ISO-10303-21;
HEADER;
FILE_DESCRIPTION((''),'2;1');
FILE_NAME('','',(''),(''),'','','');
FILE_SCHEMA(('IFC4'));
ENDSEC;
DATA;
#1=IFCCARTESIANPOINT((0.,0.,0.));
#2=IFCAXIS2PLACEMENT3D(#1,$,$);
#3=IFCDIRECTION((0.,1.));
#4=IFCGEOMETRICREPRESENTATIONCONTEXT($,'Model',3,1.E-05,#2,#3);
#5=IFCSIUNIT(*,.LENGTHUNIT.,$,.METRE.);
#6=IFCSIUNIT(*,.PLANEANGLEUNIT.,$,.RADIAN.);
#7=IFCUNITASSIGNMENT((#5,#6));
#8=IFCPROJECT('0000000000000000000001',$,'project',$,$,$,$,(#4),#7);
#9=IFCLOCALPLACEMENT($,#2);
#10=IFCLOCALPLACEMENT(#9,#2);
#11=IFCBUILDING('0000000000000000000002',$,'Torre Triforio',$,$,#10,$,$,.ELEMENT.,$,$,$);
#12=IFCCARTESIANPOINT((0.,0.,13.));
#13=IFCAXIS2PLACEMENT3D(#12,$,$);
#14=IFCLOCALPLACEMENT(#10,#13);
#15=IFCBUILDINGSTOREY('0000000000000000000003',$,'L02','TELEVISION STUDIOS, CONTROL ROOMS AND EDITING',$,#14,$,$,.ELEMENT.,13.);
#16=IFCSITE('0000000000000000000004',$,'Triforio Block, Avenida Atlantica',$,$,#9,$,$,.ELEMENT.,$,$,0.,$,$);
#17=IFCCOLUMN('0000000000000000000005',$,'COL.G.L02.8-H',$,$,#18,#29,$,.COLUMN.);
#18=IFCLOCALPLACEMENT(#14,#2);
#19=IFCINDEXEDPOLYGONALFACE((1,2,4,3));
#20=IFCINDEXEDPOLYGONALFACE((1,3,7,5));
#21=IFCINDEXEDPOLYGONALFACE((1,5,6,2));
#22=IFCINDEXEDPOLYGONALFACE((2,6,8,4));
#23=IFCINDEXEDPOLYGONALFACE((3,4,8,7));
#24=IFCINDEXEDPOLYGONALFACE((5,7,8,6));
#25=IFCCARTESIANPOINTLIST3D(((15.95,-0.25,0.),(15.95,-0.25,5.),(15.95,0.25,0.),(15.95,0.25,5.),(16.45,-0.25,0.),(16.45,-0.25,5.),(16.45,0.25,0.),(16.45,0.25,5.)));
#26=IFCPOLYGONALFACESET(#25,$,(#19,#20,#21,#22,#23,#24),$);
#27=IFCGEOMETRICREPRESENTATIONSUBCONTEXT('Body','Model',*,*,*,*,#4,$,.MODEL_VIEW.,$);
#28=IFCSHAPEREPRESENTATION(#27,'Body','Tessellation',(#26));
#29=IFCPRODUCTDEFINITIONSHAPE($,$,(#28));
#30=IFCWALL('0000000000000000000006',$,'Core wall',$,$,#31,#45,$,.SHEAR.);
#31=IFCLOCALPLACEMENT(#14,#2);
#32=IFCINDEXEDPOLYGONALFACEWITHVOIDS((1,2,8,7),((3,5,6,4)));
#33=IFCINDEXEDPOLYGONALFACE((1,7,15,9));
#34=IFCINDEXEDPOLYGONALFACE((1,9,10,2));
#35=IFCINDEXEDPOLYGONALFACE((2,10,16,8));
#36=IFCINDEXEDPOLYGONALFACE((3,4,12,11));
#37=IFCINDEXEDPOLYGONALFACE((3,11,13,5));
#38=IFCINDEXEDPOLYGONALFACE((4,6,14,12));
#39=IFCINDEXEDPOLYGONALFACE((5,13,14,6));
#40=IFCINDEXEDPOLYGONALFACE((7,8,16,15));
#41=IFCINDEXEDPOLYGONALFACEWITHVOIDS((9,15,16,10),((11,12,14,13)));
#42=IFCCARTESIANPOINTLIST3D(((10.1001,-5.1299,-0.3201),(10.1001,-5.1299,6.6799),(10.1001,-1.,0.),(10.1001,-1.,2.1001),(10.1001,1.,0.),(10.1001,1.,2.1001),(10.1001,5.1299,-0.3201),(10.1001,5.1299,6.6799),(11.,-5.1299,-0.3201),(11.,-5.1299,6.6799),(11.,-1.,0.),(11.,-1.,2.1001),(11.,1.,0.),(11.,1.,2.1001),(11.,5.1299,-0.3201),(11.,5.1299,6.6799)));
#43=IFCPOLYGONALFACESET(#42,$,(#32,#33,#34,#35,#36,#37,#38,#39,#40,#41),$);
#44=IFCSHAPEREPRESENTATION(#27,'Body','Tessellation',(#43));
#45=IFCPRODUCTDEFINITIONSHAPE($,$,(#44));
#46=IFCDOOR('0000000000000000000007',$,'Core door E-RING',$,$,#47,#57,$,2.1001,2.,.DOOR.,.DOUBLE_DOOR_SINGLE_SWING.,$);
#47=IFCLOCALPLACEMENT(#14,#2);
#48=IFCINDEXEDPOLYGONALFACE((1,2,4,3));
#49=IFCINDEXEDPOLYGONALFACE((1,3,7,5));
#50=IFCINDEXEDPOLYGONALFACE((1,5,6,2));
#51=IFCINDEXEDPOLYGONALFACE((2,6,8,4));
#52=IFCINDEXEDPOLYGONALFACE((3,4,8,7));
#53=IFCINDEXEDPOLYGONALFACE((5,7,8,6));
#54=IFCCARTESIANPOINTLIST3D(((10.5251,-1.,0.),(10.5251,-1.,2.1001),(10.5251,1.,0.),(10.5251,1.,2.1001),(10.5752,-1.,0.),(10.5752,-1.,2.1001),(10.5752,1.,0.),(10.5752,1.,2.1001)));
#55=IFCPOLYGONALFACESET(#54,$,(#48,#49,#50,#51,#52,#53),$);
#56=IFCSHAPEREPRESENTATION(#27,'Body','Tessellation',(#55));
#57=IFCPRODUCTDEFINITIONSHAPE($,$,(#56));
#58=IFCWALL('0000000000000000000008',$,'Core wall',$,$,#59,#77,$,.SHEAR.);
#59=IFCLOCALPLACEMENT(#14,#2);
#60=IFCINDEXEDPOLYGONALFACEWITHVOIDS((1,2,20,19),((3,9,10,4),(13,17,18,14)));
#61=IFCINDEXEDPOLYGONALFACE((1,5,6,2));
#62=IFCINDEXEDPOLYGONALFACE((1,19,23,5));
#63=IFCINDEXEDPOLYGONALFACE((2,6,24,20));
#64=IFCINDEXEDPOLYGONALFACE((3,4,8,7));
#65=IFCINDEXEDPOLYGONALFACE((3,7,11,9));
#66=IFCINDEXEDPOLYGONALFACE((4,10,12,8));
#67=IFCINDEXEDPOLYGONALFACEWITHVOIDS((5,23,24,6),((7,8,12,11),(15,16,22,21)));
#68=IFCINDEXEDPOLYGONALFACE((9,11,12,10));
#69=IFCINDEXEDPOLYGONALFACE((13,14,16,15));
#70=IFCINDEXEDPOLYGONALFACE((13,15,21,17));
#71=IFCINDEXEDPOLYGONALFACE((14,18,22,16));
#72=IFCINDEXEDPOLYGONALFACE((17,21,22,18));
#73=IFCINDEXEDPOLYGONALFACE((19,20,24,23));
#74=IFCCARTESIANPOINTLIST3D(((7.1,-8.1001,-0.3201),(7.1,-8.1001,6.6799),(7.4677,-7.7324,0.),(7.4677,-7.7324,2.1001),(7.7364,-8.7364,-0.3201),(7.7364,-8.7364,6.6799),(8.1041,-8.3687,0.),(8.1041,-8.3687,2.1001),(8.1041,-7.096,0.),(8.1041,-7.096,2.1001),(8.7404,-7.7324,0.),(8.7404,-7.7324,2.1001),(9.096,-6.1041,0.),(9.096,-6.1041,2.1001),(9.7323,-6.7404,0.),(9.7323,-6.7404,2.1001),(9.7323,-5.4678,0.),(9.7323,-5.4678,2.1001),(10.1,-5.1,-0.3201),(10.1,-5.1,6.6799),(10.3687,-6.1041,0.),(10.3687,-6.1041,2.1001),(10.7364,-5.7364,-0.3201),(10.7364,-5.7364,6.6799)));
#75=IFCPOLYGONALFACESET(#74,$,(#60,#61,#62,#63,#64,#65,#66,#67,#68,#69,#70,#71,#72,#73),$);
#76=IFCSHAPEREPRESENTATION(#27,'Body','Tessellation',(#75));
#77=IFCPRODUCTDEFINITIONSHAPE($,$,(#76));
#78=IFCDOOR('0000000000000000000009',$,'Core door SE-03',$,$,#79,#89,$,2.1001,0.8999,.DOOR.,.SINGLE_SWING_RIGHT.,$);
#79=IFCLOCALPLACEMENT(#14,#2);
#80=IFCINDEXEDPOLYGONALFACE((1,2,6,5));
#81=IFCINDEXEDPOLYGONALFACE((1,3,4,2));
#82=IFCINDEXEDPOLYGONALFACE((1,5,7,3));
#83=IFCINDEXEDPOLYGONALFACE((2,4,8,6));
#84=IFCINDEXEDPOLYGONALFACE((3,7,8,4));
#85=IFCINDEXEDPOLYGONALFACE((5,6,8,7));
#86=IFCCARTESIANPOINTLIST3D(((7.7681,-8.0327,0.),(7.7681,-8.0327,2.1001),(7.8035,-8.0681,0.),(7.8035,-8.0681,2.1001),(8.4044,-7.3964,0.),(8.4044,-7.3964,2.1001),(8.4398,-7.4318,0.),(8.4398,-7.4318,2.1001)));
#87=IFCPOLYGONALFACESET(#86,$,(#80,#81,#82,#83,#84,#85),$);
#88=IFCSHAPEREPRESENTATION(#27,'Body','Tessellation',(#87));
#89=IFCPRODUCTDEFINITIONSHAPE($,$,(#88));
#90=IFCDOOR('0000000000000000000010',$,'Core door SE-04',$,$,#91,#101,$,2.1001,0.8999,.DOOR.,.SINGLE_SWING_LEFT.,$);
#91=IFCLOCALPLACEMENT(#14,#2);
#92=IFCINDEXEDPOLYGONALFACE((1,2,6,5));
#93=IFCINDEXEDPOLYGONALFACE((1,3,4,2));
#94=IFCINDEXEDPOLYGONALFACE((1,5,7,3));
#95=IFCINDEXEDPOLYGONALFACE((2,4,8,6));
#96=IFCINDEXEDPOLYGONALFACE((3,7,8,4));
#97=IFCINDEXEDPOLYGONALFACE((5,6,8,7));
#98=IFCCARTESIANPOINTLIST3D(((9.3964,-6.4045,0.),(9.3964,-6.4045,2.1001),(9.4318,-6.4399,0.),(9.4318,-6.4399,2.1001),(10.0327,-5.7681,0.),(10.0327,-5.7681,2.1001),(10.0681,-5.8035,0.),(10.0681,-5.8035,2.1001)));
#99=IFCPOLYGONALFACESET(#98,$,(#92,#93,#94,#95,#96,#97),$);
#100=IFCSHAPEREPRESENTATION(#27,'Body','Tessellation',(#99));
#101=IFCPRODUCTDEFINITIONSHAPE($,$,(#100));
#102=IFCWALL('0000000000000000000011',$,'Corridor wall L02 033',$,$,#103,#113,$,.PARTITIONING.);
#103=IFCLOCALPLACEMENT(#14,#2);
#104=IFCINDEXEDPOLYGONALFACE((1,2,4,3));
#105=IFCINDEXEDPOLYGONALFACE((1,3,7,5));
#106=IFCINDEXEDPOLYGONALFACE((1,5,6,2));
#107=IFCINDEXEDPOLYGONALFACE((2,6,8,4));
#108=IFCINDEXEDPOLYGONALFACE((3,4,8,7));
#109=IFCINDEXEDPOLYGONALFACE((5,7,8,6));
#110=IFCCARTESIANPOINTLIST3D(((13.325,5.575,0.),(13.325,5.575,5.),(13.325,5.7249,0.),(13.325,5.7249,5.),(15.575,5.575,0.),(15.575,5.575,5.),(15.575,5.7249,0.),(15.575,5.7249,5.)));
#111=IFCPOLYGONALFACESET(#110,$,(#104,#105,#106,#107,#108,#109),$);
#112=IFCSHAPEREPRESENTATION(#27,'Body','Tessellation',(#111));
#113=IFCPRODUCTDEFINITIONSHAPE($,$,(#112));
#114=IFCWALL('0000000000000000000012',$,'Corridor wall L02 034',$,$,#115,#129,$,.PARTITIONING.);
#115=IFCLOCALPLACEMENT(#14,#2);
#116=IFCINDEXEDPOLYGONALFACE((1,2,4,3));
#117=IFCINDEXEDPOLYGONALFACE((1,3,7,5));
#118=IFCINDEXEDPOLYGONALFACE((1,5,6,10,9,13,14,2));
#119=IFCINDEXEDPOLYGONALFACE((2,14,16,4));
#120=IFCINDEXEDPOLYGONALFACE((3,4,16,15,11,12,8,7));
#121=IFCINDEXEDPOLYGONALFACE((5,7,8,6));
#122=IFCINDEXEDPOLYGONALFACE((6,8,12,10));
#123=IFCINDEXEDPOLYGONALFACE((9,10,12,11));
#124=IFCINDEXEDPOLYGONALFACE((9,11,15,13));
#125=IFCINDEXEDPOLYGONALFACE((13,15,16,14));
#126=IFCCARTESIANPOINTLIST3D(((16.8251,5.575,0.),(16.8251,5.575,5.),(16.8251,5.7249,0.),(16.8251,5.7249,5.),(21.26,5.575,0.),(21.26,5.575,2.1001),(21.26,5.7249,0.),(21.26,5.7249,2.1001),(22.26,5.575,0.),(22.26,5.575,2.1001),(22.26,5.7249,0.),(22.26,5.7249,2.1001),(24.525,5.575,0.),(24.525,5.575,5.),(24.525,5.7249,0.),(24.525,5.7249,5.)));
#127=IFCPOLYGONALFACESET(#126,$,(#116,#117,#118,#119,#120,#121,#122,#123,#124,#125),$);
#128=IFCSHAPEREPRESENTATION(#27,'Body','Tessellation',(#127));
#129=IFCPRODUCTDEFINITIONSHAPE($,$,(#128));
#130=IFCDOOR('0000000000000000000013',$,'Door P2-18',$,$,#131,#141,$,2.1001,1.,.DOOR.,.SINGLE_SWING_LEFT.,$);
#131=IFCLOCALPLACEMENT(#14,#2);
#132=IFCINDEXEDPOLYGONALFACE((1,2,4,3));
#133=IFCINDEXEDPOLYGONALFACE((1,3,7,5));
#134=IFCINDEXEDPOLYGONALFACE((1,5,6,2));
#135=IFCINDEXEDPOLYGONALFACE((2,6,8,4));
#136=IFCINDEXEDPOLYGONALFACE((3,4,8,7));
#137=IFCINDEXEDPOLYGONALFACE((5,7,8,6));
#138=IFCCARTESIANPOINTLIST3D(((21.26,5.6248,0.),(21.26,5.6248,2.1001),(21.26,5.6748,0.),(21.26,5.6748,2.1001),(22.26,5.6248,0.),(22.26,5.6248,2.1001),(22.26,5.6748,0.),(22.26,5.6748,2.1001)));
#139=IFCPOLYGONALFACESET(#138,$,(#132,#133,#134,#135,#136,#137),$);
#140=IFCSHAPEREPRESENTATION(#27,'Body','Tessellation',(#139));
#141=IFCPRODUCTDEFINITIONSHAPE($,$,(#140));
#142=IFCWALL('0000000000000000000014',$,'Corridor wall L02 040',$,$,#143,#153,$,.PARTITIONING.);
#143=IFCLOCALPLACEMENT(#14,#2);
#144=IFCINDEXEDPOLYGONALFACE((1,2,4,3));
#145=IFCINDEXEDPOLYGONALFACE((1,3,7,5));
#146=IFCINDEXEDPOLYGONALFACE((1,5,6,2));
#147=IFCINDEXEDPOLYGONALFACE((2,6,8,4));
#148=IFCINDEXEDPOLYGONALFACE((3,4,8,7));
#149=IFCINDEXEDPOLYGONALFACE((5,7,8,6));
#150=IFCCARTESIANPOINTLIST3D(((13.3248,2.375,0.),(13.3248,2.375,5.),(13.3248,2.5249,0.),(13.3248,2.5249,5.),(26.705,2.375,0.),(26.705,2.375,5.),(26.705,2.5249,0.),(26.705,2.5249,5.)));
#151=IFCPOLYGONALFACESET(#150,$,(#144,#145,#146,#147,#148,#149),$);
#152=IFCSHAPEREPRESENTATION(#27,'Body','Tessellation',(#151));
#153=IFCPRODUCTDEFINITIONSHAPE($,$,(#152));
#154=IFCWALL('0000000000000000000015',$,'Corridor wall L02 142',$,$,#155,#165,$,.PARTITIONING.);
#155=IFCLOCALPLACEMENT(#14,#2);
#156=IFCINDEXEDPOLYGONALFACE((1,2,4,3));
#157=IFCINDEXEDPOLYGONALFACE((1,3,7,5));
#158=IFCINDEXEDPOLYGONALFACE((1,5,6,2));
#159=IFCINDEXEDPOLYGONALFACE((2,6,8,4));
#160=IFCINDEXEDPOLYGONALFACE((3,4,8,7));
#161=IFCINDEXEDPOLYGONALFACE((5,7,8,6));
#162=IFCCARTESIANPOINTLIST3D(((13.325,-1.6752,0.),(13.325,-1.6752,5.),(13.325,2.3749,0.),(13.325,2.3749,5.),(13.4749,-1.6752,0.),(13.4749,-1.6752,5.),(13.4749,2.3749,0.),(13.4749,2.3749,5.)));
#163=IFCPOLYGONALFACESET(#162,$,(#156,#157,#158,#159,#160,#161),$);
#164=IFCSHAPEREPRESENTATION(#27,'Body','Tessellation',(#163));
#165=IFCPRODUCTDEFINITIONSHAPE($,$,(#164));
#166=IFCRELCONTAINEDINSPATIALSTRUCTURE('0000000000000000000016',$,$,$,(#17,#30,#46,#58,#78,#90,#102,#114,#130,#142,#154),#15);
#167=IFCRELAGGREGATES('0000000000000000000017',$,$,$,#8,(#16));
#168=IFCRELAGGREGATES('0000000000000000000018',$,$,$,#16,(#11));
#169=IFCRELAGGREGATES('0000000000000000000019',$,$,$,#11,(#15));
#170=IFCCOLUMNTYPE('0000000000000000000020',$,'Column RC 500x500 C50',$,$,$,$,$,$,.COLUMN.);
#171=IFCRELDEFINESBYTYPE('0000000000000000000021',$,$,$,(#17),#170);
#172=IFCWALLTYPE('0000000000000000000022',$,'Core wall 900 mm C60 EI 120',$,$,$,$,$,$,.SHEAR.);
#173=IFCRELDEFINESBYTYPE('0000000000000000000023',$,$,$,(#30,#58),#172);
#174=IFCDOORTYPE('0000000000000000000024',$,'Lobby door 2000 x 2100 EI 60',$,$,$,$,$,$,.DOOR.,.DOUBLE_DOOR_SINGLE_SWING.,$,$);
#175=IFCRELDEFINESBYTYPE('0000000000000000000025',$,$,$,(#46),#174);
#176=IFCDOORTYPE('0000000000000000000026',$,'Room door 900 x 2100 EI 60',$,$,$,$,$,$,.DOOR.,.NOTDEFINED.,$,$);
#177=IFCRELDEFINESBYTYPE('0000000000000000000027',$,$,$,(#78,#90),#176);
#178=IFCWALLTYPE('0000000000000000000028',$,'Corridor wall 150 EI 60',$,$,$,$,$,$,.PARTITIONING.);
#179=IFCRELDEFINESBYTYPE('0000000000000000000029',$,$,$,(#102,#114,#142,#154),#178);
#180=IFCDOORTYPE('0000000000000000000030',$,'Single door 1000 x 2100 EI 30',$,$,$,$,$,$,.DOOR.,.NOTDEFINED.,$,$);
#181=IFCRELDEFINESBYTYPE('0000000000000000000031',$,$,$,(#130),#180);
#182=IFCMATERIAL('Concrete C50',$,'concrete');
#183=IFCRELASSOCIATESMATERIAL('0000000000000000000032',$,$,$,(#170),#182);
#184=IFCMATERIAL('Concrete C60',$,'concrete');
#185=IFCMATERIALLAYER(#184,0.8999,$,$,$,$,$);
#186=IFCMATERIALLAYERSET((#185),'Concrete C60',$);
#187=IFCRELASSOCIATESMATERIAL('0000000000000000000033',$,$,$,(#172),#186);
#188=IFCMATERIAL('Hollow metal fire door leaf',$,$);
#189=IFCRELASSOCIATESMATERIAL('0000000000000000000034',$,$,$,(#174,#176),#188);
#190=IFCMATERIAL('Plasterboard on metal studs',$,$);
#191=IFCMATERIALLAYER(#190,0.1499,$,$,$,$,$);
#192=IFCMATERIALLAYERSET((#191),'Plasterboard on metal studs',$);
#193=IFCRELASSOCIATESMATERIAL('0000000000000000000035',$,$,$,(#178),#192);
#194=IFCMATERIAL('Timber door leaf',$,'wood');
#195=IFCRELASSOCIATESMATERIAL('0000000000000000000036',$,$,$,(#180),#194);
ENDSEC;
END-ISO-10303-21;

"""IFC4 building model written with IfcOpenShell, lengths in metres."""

from ifc_helpers import new_model, si_unit, direction, frame, frame_2d, origin, origin_2d, place, context, subcontext, project, spatial, rectangle, extrude, material, layer, layer_set, material_profile, profile_set, type_object, element, fill, save


model = new_model("IFC4")

# Units and contexts
model_context = context("Model", 3, precision=1e-05, world=origin(), true_north=direction((0.0, 1.0)))
body_context = subcontext(model_context, "Body", "Model", "MODEL_VIEW")
ifc_project = project(units=[si_unit("LENGTHUNIT", "METRE"), si_unit("PLANEANGLEUNIT", "RADIAN")], contexts=[model_context])

# Site, building, storey
site_placement = place(None, origin())
site = spatial("IfcSite", under=ifc_project, at=site_placement, Name="Triforio Block, Avenida Atlantica", CompositionType="ELEMENT", RefElevation=0.0)
building_placement = place(site_placement, origin())
building = spatial("IfcBuilding", under=site, at=building_placement, Name="Torre Triforio", CompositionType="ELEMENT")
storey_placement = place(building_placement, frame((0.0, 0.0, 13.0)))
storey = spatial("IfcBuildingStorey", under=building, at=storey_placement, Name="L02", Description="TELEVISION STUDIOS, CONTROL ROOMS AND EDITING", CompositionType="ELEMENT", Elevation=13.0)

# Column
ifc_material_1 = material(Name="Concrete C50", Category="concrete")
ifc_material_profile = material_profile(ifc_material_1, rectangle(XDim=0.5, YDim=0.5, at=origin_2d()), Name="RC 500x500")
ifc_profile_set = profile_set([ifc_material_profile], Name="Concrete C50")
column_type = type_object("IfcColumnType", Name="Column RC 500x500 C50", PredefinedType="COLUMN", material=ifc_profile_set)
column_placement = place(storey_placement, frame((16.2, 0.0, 0.0), z_axis=(0.0, 0.0, 1.0), x_axis=(1.0, 0.0, 0.0)))
element("IfcColumn", 1, at=column_placement, inside=storey, type_object=column_type, Name="COL.G.L02.8-H", PredefinedType="COLUMN", context=body_context, shape_type="SweptSolid", body=[
    extrude(rectangle(XDim=0.5, YDim=0.5, at=origin_2d()), origin(), (0.0, 0.0, 1.0), 5.0),
])

# Wall, opening, door
ifc_material_2 = material(Name="Concrete C60", Category="concrete")
ifc_layer_1 = layer(ifc_material_2, 0.8999)
ifc_layer_set_1 = layer_set([ifc_layer_1], Name="Concrete C60")
wall_type_1 = type_object("IfcWallType", Name="Core wall 900 mm C60 EI 120", PredefinedType="SHEAR", material=ifc_layer_set_1)
wall_1_placement = place(storey_placement, frame((10.55, -5.1299, -0.3201), z_axis=(0.0, 0.0, 1.0), x_axis=(0.0, 1.0, 0.0)))
wall_1 = element("IfcWall", 2, at=wall_1_placement, inside=storey, type_object=wall_type_1, Name="Core wall", PredefinedType="SHEAR", context=body_context, shape_type="SweptSolid", body=[
    extrude(rectangle(XDim=10.2598, YDim=0.8999, at=frame_2d((5.1299, 0.0))), origin(), (0.0, 0.0, 1.0), 7.0),
])
opening_1_placement = place(wall_1_placement, frame((4.1299, 0.0, 0.3201)))
opening_1 = element("IfcOpeningElement", 3, at=opening_1_placement, cuts=wall_1, PredefinedType="OPENING", context=body_context, shape_type="SweptSolid", body=[
    extrude(rectangle(XDim=2.0, YDim=2.1001, at=frame_2d((1.0, 1.05))), frame((0.0, 0.46, 0.0), z_axis=(0.0, -1.0, 0.0), x_axis=(1.0, 0.0, 0.0)), (0.0, 0.0, 1.0), 0.9199),
])
ifc_material_3 = material(Name="Hollow metal fire door leaf")
door_type_1 = type_object("IfcDoorType", Name="Lobby door 2000 x 2100 EI 60", OperationType="DOUBLE_DOOR_SINGLE_SWING", PredefinedType="DOOR", material=ifc_material_3)
door_1_placement = place(opening_1_placement, origin())
door_1 = element("IfcDoor", 4, at=door_1_placement, inside=storey, type_object=door_type_1, Name="Core door E-RING", OperationType="DOUBLE_DOOR_SINGLE_SWING", OverallHeight=2.1001, OverallWidth=2.0, PredefinedType="DOOR", context=body_context, shape_type="SweptSolid", body=[
    extrude(rectangle(XDim=2.0, YDim=2.1001, at=frame_2d((1.0, 1.05))), frame((0.0, 0.0249, 0.0), z_axis=(0.0, -1.0, 0.0), x_axis=(1.0, 0.0, 0.0)), (0.0, 0.0, 1.0), 0.05),
])
fill(opening_1, door_1)

# Wall, openings, doors
wall_2_placement = place(storey_placement, frame((10.4182, -5.4182, -0.3201), z_axis=(0.0, 0.0, 1.0), x_axis=(-0.707107, -0.707107, 0.0)))
wall_2 = element("IfcWall", 5, at=wall_2_placement, inside=storey, type_object=wall_type_1, Name="Core wall", PredefinedType="SHEAR", context=body_context, shape_type="SweptSolid", body=[
    extrude(rectangle(XDim=4.2427, YDim=0.8999, at=frame_2d((2.1213, 0.0))), origin(), (0.0, 0.0, 1.0), 7.0),
])
opening_2_placement = place(wall_2_placement, frame((2.8228, 0.0, 0.3201)))
opening_2 = element("IfcOpeningElement", 6, at=opening_2_placement, cuts=wall_2, PredefinedType="OPENING", context=body_context, shape_type="SweptSolid", body=[
    extrude(rectangle(XDim=0.8999, YDim=2.1001, at=frame_2d((0.45, 1.05))), frame((0.0, 0.46, 0.0), z_axis=(0.0, -1.0, 0.0), x_axis=(1.0, 0.0, 0.0)), (0.0, 0.0, 1.0), 0.9199),
])
opening_3_placement = place(wall_2_placement, frame((0.52, 0.0, 0.3201)))
opening_3 = element("IfcOpeningElement", 7, at=opening_3_placement, cuts=wall_2, PredefinedType="OPENING", context=body_context, shape_type="SweptSolid", body=[
    extrude(rectangle(XDim=0.8999, YDim=2.1001, at=frame_2d((0.45, 1.05))), frame((0.0, 0.46, 0.0), z_axis=(0.0, -1.0, 0.0), x_axis=(1.0, 0.0, 0.0)), (0.0, 0.0, 1.0), 0.9199),
])
door_type_2 = type_object("IfcDoorType", Name="Room door 900 x 2100 EI 60", OperationType="NOTDEFINED", PredefinedType="DOOR", material=ifc_material_3)
door_2_placement = place(opening_2_placement, origin())
door_2 = element("IfcDoor", 8, at=door_2_placement, inside=storey, type_object=door_type_2, Name="Core door SE-03", OperationType="SINGLE_SWING_RIGHT", OverallHeight=2.1001, OverallWidth=0.8999, PredefinedType="DOOR", context=body_context, shape_type="SweptSolid", body=[
    extrude(rectangle(XDim=0.8999, YDim=2.1001, at=frame_2d((0.45, 1.05))), frame((0.0, 0.0249, 0.0), z_axis=(0.0, -1.0, 0.0), x_axis=(1.0, 0.0, 0.0)), (0.0, 0.0, 1.0), 0.05),
])
fill(opening_2, door_2)
door_3_placement = place(opening_3_placement, origin())
door_3 = element("IfcDoor", 9, at=door_3_placement, inside=storey, type_object=door_type_2, Name="Core door SE-04", OperationType="SINGLE_SWING_LEFT", OverallHeight=2.1001, OverallWidth=0.8999, PredefinedType="DOOR", context=body_context, shape_type="SweptSolid", body=[
    extrude(rectangle(XDim=0.8999, YDim=2.1001, at=frame_2d((0.45, 1.05))), frame((0.0, 0.0249, 0.0), z_axis=(0.0, -1.0, 0.0), x_axis=(1.0, 0.0, 0.0)), (0.0, 0.0, 1.0), 0.05),
])
fill(opening_3, door_3)

# Wall
ifc_material_4 = material(Name="Plasterboard on metal studs")
ifc_layer_2 = layer(ifc_material_4, 0.1499)
ifc_layer_set_2 = layer_set([ifc_layer_2], Name="Plasterboard on metal studs")
wall_type_2 = type_object("IfcWallType", Name="Corridor wall 150 EI 60", PredefinedType="PARTITIONING", material=ifc_layer_set_2)
wall_3_placement = place(storey_placement, frame((13.325, 5.6499, 0.0), z_axis=(0.0, 0.0, 1.0), x_axis=(1.0, 0.0, 0.0)))
element("IfcWall", 10, at=wall_3_placement, inside=storey, type_object=wall_type_2, Name="Corridor wall L02 033", PredefinedType="PARTITIONING", context=body_context, shape_type="SweptSolid", body=[
    extrude(rectangle(XDim=2.25, YDim=0.1499, at=frame_2d((1.125, 0.0))), origin(), (0.0, 0.0, 1.0), 5.0),
])

# Wall, opening, door
wall_4_placement = place(storey_placement, frame((16.825, 5.6499, 0.0), z_axis=(0.0, 0.0, 1.0), x_axis=(1.0, 0.0, 0.0)))
wall_4 = element("IfcWall", 11, at=wall_4_placement, inside=storey, type_object=wall_type_2, Name="Corridor wall L02 034", PredefinedType="PARTITIONING", context=body_context, shape_type="SweptSolid", body=[
    extrude(rectangle(XDim=7.7, YDim=0.1499, at=frame_2d((3.8501, 0.0))), origin(), (0.0, 0.0, 1.0), 5.0),
])
opening_4_placement = place(wall_4_placement, frame((4.4351, 0.0, 0.0)))
opening_4 = element("IfcOpeningElement", 12, at=opening_4_placement, cuts=wall_4, PredefinedType="OPENING", context=body_context, shape_type="SweptSolid", body=[
    extrude(rectangle(XDim=1.0, YDim=2.1001, at=frame_2d((0.5, 1.05))), frame((0.0, 0.085, 0.0), z_axis=(0.0, -1.0, 0.0), x_axis=(1.0, 0.0, 0.0)), (0.0, 0.0, 1.0), 0.1699),
])
ifc_material_5 = material(Name="Timber door leaf", Category="wood")
door_type_3 = type_object("IfcDoorType", Name="Single door 1000 x 2100 EI 30", OperationType="NOTDEFINED", PredefinedType="DOOR", material=ifc_material_5)
door_4_placement = place(opening_4_placement, origin())
door_4 = element("IfcDoor", 13, at=door_4_placement, inside=storey, type_object=door_type_3, Name="Door P2-18", OperationType="SINGLE_SWING_LEFT", OverallHeight=2.1001, OverallWidth=1.0, PredefinedType="DOOR", context=body_context, shape_type="SweptSolid", body=[
    extrude(rectangle(XDim=1.0, YDim=2.1001, at=frame_2d((0.5, 1.05))), frame((0.0, 0.0249, 0.0), z_axis=(0.0, -1.0, 0.0), x_axis=(1.0, 0.0, 0.0)), (0.0, 0.0, 1.0), 0.05),
])
fill(opening_4, door_4)

# Walls
wall_5_placement = place(storey_placement, frame((13.325, 2.45, 0.0), z_axis=(0.0, 0.0, 1.0), x_axis=(1.0, 0.0, 0.0)))
element("IfcWall", 14, at=wall_5_placement, inside=storey, type_object=wall_type_2, Name="Corridor wall L02 040", PredefinedType="PARTITIONING", context=body_context, shape_type="SweptSolid", body=[
    extrude(rectangle(XDim=13.3801, YDim=0.1499, at=frame_2d((6.6899, 0.0))), origin(), (0.0, 0.0, 1.0), 5.0),
])
wall_6_placement = place(storey_placement, frame((13.3999, -1.675, 0.0), z_axis=(0.0, 0.0, 1.0), x_axis=(0.0, 1.0, 0.0)))
element("IfcWall", 15, at=wall_6_placement, inside=storey, type_object=wall_type_2, Name="Corridor wall L02 142", PredefinedType="PARTITIONING", context=body_context, shape_type="SweptSolid", body=[
    extrude(rectangle(XDim=4.05, YDim=0.1499, at=frame_2d((2.0249, 0.0))), origin(), (0.0, 0.0, 1.0), 5.0),
])

save(model, "model.ifc")
